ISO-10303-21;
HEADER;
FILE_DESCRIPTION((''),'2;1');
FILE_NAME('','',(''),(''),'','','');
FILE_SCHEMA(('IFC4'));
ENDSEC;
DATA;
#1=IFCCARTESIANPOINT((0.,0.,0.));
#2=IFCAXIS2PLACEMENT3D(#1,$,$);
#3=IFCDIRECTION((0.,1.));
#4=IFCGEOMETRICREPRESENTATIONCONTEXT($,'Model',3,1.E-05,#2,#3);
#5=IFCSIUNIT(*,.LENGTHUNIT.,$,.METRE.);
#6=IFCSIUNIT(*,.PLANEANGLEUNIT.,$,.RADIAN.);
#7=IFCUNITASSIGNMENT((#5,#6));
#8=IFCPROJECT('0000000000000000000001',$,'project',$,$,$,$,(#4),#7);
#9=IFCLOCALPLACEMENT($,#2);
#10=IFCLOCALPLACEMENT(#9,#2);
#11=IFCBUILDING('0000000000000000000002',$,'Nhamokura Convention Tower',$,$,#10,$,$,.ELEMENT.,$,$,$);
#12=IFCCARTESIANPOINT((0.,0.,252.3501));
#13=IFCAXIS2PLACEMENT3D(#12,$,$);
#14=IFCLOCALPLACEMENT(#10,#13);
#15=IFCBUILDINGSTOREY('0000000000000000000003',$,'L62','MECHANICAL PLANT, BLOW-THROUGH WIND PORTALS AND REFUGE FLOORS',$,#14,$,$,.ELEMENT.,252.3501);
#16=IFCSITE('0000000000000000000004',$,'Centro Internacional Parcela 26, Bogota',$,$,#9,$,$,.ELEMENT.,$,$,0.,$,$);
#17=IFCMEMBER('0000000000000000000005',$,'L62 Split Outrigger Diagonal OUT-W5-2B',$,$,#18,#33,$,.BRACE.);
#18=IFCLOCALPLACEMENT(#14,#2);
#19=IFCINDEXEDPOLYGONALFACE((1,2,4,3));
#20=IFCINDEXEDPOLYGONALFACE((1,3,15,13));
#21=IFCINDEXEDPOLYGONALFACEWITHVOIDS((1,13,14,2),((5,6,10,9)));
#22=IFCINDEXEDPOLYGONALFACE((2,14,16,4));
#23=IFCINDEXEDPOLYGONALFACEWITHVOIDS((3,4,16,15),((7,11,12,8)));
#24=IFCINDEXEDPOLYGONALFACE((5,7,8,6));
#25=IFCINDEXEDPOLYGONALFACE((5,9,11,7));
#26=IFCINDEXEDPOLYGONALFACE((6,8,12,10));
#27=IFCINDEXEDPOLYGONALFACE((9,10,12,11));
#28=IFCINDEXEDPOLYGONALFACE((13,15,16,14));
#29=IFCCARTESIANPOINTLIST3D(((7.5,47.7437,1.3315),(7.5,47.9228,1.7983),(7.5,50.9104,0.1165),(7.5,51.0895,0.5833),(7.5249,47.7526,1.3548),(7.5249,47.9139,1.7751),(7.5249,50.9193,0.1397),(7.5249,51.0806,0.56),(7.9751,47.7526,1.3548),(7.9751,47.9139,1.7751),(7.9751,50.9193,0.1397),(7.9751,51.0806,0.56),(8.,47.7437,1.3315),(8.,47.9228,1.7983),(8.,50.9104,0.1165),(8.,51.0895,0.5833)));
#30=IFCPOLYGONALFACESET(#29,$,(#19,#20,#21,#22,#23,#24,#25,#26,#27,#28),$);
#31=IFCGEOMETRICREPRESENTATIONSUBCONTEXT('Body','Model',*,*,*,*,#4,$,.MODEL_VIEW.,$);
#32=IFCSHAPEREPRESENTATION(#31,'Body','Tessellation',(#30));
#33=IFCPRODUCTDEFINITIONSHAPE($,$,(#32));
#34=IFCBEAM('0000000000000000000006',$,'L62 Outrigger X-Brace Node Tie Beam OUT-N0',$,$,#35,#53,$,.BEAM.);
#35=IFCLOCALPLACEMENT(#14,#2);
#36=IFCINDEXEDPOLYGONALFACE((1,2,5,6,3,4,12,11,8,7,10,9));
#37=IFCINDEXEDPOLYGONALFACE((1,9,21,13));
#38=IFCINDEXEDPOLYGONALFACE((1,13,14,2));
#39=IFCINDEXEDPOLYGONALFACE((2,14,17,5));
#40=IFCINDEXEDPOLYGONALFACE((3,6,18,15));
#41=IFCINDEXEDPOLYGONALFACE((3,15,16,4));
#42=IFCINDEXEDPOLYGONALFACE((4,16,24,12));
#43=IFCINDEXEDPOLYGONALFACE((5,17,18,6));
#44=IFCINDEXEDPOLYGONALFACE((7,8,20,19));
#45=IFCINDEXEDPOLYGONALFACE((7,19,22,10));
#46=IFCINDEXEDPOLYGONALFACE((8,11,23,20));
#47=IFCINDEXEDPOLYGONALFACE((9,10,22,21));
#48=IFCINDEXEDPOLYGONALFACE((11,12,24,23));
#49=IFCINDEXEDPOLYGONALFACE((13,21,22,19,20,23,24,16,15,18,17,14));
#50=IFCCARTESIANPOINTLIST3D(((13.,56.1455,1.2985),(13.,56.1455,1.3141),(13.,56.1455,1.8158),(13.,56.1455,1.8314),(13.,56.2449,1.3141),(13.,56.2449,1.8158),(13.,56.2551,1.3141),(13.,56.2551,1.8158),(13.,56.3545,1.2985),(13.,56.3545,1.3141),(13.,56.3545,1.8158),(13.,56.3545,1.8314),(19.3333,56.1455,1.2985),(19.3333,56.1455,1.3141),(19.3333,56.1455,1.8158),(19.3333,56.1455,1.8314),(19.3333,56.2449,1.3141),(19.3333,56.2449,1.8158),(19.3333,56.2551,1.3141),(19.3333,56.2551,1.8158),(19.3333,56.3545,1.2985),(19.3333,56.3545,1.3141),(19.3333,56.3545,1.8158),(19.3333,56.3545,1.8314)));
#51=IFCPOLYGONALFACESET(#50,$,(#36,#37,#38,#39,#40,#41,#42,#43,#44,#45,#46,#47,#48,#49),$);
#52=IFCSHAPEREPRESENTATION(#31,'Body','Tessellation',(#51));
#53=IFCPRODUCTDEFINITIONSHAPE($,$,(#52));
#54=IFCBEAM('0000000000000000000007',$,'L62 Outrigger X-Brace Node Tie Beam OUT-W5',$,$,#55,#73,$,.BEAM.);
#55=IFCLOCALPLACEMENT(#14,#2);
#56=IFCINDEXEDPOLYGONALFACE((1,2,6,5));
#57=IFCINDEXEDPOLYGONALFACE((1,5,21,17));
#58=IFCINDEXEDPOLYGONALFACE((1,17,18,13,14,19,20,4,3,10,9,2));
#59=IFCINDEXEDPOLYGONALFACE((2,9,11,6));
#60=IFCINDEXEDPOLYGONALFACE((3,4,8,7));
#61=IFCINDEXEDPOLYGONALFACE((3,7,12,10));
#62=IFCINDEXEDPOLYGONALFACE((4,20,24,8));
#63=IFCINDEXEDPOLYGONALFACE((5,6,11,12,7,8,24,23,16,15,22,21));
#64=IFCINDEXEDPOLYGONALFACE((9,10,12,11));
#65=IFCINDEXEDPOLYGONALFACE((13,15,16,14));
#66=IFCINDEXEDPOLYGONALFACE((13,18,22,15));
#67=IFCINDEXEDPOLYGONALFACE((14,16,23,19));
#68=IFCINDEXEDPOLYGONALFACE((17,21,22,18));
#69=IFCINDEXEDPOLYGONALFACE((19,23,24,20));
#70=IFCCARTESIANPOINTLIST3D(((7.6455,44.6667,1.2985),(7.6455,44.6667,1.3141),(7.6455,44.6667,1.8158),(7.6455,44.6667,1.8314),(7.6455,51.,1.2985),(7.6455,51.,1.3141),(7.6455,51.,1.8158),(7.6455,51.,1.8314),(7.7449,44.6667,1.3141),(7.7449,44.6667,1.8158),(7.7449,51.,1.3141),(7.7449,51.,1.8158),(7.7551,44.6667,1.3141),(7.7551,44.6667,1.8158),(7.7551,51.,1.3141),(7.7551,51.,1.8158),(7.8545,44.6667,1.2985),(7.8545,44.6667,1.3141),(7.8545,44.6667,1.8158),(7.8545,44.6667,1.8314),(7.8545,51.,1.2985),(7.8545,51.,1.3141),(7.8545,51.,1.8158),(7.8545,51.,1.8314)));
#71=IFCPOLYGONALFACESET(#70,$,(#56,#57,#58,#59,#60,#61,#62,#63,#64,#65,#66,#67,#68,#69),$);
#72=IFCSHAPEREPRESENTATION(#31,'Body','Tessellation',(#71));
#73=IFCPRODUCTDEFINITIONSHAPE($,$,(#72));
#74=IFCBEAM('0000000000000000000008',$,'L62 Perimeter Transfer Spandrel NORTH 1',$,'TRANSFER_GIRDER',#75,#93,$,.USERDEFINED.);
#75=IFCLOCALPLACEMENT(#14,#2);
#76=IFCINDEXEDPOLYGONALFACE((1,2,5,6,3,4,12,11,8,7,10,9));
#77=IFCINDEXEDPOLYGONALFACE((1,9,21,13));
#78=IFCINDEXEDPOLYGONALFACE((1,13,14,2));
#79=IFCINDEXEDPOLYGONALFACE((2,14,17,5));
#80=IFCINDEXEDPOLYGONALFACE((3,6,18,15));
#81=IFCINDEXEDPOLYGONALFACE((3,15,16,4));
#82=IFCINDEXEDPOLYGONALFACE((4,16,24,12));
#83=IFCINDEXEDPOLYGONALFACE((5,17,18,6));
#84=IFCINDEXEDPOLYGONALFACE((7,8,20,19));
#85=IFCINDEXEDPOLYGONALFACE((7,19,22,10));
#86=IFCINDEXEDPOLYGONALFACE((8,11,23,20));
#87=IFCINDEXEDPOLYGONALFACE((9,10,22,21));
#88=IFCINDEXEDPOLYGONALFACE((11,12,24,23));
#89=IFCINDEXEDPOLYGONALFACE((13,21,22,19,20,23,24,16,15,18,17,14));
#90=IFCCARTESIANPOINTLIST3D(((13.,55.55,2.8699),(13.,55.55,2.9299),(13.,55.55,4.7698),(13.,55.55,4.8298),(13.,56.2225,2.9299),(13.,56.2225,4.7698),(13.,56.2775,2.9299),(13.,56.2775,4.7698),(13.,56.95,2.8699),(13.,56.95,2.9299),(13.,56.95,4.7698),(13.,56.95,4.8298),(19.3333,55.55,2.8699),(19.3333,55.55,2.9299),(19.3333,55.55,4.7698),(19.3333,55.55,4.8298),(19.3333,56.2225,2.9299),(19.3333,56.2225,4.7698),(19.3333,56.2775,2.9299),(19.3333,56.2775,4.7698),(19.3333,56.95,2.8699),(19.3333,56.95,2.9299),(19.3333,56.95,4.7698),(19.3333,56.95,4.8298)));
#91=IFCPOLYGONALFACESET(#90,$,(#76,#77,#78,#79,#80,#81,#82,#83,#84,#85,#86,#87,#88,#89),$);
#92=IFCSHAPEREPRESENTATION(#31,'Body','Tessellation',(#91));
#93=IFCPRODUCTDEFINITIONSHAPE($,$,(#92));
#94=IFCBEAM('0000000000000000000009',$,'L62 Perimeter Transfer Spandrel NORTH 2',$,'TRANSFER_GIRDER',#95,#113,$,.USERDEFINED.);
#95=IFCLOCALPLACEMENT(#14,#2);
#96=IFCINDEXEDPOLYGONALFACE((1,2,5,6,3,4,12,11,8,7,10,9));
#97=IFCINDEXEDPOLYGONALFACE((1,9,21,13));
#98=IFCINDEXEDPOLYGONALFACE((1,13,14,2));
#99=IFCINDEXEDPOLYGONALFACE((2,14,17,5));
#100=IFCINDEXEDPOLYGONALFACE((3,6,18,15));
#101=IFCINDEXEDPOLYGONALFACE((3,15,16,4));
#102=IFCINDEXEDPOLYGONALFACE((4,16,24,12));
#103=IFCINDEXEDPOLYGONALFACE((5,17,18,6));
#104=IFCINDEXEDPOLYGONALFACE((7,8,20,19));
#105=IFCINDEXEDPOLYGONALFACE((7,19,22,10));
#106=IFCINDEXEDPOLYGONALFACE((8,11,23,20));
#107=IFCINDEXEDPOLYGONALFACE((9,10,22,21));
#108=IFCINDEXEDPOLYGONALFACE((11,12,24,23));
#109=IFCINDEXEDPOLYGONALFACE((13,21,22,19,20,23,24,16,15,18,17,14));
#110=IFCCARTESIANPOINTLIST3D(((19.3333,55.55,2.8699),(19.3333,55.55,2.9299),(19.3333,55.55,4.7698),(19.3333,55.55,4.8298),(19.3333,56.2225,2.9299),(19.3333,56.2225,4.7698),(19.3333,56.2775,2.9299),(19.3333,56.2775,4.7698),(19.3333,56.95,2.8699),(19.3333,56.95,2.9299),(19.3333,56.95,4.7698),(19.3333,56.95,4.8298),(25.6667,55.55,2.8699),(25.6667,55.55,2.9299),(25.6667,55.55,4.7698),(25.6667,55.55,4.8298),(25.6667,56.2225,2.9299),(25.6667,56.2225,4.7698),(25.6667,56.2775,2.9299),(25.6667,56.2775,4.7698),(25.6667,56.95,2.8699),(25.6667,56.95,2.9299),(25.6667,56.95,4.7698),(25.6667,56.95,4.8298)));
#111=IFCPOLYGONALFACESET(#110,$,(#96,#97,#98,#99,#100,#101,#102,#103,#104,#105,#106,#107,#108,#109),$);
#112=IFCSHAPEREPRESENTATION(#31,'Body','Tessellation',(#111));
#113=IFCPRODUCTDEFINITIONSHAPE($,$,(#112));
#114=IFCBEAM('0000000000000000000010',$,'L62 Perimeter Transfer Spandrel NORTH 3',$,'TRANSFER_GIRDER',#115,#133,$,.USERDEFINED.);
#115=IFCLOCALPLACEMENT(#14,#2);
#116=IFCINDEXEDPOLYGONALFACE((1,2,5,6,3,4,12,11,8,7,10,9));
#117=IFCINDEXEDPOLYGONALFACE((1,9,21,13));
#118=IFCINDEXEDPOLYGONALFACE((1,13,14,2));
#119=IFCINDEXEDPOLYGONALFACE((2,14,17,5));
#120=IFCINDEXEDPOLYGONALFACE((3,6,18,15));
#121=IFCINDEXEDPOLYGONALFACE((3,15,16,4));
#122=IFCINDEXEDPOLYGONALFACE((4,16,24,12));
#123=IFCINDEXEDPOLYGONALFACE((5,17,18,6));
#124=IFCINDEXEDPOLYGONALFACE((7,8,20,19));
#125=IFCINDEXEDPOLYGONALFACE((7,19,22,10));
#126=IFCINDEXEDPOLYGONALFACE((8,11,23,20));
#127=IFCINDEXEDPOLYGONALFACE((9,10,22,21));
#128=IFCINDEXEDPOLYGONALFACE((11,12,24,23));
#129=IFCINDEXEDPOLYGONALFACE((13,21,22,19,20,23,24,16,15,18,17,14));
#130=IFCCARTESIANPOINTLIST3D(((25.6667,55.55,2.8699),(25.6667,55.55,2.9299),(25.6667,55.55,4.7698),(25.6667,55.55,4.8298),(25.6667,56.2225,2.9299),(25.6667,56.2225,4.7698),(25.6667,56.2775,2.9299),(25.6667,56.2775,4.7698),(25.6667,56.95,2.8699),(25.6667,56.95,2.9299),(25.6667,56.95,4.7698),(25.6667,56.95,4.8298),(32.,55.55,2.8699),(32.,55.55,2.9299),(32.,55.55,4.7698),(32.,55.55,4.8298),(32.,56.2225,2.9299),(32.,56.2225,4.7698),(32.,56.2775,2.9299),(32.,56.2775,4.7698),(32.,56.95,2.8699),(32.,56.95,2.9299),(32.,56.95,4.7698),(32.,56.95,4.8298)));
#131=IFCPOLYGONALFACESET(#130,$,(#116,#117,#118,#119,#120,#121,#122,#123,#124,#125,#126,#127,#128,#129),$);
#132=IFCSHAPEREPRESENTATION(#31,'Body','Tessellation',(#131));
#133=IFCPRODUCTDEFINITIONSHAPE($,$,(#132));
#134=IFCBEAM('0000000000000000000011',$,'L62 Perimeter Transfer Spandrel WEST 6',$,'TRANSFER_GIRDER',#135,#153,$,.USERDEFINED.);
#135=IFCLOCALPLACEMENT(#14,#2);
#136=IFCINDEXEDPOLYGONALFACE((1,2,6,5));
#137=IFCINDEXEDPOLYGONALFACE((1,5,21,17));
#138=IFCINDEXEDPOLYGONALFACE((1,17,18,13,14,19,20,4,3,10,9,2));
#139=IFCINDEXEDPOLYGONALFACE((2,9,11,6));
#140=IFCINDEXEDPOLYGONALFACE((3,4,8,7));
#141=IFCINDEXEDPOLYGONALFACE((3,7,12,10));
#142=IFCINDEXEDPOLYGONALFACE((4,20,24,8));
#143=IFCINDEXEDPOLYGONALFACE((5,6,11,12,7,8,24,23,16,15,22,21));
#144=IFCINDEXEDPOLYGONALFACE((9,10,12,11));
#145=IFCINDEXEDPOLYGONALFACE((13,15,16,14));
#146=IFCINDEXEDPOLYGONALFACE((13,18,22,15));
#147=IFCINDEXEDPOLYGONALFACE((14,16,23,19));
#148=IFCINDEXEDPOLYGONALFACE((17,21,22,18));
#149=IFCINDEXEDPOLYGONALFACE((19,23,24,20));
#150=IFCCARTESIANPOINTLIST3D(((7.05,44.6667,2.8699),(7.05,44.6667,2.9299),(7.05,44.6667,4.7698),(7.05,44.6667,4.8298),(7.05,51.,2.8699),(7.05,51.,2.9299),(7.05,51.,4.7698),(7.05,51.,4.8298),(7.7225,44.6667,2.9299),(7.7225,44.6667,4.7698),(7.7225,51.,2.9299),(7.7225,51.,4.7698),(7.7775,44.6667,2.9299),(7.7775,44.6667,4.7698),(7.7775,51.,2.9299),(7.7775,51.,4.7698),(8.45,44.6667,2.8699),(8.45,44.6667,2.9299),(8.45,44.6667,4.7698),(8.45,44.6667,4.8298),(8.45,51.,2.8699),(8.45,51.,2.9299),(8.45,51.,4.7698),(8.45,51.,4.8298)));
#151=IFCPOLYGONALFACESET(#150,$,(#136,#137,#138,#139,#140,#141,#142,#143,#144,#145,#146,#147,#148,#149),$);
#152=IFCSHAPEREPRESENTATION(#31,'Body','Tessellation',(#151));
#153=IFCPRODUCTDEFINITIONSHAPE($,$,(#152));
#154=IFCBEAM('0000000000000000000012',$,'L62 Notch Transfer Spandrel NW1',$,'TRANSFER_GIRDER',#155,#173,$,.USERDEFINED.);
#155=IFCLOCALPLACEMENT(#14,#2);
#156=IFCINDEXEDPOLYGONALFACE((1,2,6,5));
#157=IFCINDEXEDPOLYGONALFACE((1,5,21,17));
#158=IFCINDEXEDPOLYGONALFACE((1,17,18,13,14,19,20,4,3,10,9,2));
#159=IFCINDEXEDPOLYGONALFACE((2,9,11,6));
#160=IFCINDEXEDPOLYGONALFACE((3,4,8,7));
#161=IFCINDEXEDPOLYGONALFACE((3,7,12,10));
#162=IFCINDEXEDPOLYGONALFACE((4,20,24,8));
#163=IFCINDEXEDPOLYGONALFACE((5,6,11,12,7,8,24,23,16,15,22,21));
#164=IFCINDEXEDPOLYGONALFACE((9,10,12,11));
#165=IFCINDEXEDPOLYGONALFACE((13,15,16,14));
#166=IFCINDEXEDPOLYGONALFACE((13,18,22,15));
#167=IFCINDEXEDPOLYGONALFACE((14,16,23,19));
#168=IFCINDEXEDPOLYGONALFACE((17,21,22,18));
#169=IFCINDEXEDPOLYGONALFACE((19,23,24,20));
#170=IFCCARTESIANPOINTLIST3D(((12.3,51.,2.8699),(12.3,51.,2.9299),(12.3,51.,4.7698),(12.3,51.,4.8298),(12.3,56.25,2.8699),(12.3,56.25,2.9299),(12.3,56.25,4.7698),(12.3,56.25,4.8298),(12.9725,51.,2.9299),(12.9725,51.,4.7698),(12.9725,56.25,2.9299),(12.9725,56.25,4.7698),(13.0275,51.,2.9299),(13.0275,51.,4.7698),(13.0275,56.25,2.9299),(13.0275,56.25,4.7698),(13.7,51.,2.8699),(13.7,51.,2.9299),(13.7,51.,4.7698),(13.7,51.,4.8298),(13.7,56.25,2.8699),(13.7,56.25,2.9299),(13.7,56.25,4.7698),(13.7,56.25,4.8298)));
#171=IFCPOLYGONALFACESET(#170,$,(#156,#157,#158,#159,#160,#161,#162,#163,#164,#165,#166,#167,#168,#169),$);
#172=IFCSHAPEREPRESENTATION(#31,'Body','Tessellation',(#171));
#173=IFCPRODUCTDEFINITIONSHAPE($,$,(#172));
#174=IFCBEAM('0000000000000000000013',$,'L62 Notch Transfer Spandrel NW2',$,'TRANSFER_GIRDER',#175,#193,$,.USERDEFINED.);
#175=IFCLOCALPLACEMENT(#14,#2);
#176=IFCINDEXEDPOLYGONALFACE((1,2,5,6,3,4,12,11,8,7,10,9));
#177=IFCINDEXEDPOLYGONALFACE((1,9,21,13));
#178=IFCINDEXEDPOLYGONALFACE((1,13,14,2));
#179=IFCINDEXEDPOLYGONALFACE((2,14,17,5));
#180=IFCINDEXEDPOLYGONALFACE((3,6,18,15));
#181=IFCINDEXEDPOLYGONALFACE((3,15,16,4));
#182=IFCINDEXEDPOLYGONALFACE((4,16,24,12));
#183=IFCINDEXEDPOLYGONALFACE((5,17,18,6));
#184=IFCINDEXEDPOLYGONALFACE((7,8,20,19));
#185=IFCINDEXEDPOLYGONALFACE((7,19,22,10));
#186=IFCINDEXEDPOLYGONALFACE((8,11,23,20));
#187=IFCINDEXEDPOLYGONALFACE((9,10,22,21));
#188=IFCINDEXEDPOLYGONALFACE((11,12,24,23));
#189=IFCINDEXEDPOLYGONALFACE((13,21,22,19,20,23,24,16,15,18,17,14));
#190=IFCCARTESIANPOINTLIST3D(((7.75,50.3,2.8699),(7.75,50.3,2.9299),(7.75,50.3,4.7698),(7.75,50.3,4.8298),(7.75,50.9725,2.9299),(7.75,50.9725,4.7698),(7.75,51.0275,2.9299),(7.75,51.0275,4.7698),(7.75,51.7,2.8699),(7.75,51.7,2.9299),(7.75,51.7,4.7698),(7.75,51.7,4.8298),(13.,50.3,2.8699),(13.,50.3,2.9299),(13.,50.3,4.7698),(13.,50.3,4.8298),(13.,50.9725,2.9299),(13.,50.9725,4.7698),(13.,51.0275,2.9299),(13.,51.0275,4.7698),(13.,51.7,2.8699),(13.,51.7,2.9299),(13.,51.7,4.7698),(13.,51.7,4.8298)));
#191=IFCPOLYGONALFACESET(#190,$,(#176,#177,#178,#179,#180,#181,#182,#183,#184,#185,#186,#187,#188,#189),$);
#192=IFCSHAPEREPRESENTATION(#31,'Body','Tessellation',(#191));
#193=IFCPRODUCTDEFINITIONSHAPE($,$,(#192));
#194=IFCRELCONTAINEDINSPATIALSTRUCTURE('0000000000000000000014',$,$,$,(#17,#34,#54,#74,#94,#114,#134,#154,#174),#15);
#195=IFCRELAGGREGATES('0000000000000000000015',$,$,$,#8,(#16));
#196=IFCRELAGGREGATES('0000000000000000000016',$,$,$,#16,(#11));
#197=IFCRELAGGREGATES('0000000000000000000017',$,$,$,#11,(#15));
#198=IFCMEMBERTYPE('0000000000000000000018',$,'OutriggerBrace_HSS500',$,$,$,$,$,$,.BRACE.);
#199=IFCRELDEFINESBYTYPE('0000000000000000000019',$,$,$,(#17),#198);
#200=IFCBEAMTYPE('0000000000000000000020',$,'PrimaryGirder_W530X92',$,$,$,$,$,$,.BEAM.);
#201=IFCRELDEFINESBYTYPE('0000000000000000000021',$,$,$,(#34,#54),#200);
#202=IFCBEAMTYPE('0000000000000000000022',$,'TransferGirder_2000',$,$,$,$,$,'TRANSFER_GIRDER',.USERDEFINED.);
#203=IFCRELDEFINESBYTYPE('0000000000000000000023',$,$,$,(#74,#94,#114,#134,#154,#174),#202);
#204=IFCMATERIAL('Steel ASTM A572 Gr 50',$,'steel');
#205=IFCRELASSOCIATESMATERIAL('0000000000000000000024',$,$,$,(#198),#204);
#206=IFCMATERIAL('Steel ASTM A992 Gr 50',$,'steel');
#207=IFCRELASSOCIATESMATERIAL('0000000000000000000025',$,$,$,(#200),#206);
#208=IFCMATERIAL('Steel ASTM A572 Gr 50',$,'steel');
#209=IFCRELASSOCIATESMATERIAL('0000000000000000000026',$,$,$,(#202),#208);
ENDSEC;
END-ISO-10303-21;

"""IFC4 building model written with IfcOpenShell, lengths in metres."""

from ifc_helpers import new_model, si_unit, direction, frame, origin, origin_2d, place, context, subcontext, project, spatial, hollow_rectangle, i_section, extrude, material, material_profile, profile_set, type_object, element, save


model = new_model("IFC4")

# Units and contexts
model_context = context("Model", 3, precision=1e-05, world=origin(), true_north=direction((0.0, 1.0)))
body_context = subcontext(model_context, "Body", "Model", "MODEL_VIEW")
ifc_project = project(units=[si_unit("LENGTHUNIT", "METRE"), si_unit("PLANEANGLEUNIT", "RADIAN")], contexts=[model_context])

# Site, building, storey
site_placement = place(None, origin())
site = spatial("IfcSite", under=ifc_project, at=site_placement, Name="Centro Internacional Parcela 26, Bogota", CompositionType="ELEMENT", RefElevation=0.0)
building_placement = place(site_placement, origin())
building = spatial("IfcBuilding", under=site, at=building_placement, Name="Nhamokura Convention Tower", CompositionType="ELEMENT")
storey_placement = place(building_placement, frame((0.0, 0.0, 252.3501)))
storey = spatial("IfcBuildingStorey", under=building, at=storey_placement, Name="L62", Description="MECHANICAL PLANT, BLOW-THROUGH WIND PORTALS AND REFUGE FLOORS", CompositionType="ELEMENT", Elevation=252.3501)

# Member
ifc_material_1 = material(Name="Steel ASTM A572 Gr 50", Category="steel")
ifc_material_profile_1 = material_profile(ifc_material_1, hollow_rectangle(XDim=0.5, YDim=0.5, WallThickness=0.0249, at=origin_2d()))
ifc_profile_set_1 = profile_set([ifc_material_profile_1], Name="Steel ASTM A572 Gr 50")
member_type = type_object("IfcMemberType", Name="OutriggerBrace_HSS500", PredefinedType="BRACE", material=ifc_profile_set_1)
member_1_placement = place(storey_placement, frame((7.75, 47.8333, 1.5649), z_axis=(0.0, 0.933631, -0.358236), x_axis=(-1.0, 0.0, 0.0)))
element("IfcMember", 1, at=member_1_placement, inside=storey, type_object=member_type, Name="L62 Split Outrigger Diagonal OUT-W5-2B", PredefinedType="BRACE", context=body_context, shape_type="SweptSolid", body=[
    extrude(hollow_rectangle(XDim=0.5, YDim=0.5, WallThickness=0.0249, at=origin_2d()), origin(), (0.0, 0.0, 1.0), 3.3918),
])

# Beams
ifc_material_2 = material(Name="Steel ASTM A992 Gr 50", Category="steel")
ifc_material_profile_2 = material_profile(ifc_material_2, i_section(OverallWidth=0.209, OverallDepth=0.533, WebThickness=0.0103, FlangeThickness=0.0156, at=origin_2d()))
ifc_profile_set_2 = profile_set([ifc_material_profile_2], Name="Steel ASTM A992 Gr 50")
beam_type_1 = type_object("IfcBeamType", Name="PrimaryGirder_W530X92", PredefinedType="BEAM", material=ifc_profile_set_2)
for number, where, z_axis, x_axis, name in (
    (2, (13.0, 56.25, 1.5649), (1.0, 0.0, 0.0), (0.0, 1.0, 0.0), "L62 Outrigger X-Brace Node Tie Beam OUT-N0"),
    (3, (7.75, 44.6667, 1.5649), (0.0, 1.0, 0.0), (-1.0, 0.0, 0.0), "L62 Outrigger X-Brace Node Tie Beam OUT-W5"),
):
    element("IfcBeam", number, at=place(storey_placement, frame(where, z_axis=z_axis, x_axis=x_axis)), inside=storey, type_object=beam_type_1, Name=name, PredefinedType="BEAM", context=body_context, shape_type="SweptSolid", body=[
        extrude(i_section(OverallWidth=0.209, OverallDepth=0.533, WebThickness=0.0103, FlangeThickness=0.0156, at=origin_2d()), origin(), (0.0, 0.0, 1.0), 6.3333),
    ])
ifc_material_3 = material(Name="Steel ASTM A572 Gr 50", Category="steel")
ifc_material_profile_3 = material_profile(ifc_material_3, i_section(OverallWidth=1.3999, OverallDepth=1.96, WebThickness=0.0549, FlangeThickness=0.0601, at=origin_2d()))
ifc_profile_set_3 = profile_set([ifc_material_profile_3], Name="Steel ASTM A572 Gr 50")
beam_type_2 = type_object("IfcBeamType", Name="TransferGirder_2000", ElementType="TRANSFER_GIRDER", PredefinedType="USERDEFINED", material=ifc_profile_set_3)
beam_1_placement = place(storey_placement, frame((13.0, 56.25, 3.8499), z_axis=(1.0, 0.0, 0.0), x_axis=(0.0, 1.0, 0.0)))
element("IfcBeam", 4, at=beam_1_placement, inside=storey, type_object=beam_type_2, Name="L62 Perimeter Transfer Spandrel NORTH 1", ObjectType="TRANSFER_GIRDER", PredefinedType="USERDEFINED", context=body_context, shape_type="SweptSolid", body=[
    extrude(i_section(OverallWidth=1.3999, OverallDepth=1.96, WebThickness=0.0549, FlangeThickness=0.0601, at=origin_2d()), origin(), (0.0, 0.0, 1.0), 6.3333),
])
beam_2_placement = place(storey_placement, frame((19.3333, 56.25, 3.8499), z_axis=(1.0, 0.0, 0.0), x_axis=(0.0, 1.0, 0.0)))
element("IfcBeam", 5, at=beam_2_placement, inside=storey, type_object=beam_type_2, Name="L62 Perimeter Transfer Spandrel NORTH 2", ObjectType="TRANSFER_GIRDER", PredefinedType="USERDEFINED", context=body_context, shape_type="SweptSolid", body=[
    extrude(i_section(OverallWidth=1.3999, OverallDepth=1.96, WebThickness=0.0549, FlangeThickness=0.0601, at=origin_2d()), origin(), (0.0, 0.0, 1.0), 6.3335),
])
for number, where, z_axis, x_axis, name in (
    (6, (25.6667, 56.25, 3.8499), (1.0, 0.0, 0.0), (0.0, 1.0, 0.0), "L62 Perimeter Transfer Spandrel NORTH 3"),
    (7, (7.75, 44.6667, 3.8499), (0.0, 1.0, 0.0), (-1.0, 0.0, 0.0), "L62 Perimeter Transfer Spandrel WEST 6"),
):
    element("IfcBeam", number, at=place(storey_placement, frame(where, z_axis=z_axis, x_axis=x_axis)), inside=storey, type_object=beam_type_2, Name=name, ObjectType="TRANSFER_GIRDER", PredefinedType="USERDEFINED", context=body_context, shape_type="SweptSolid", body=[
        extrude(i_section(OverallWidth=1.3999, OverallDepth=1.96, WebThickness=0.0549, FlangeThickness=0.0601, at=origin_2d()), origin(), (0.0, 0.0, 1.0), 6.3333),
    ])
for number, where, z_axis, x_axis, name in (
    (8, (13.0, 56.25, 3.8499), (0.0, -1.0, 0.0), (1.0, 0.0, 0.0), "L62 Notch Transfer Spandrel NW1"),
    (9, (13.0, 51.0, 3.8499), (-1.0, 0.0, 0.0), (0.0, -1.0, 0.0), "L62 Notch Transfer Spandrel NW2"),
):
    element("IfcBeam", number, at=place(storey_placement, frame(where, z_axis=z_axis, x_axis=x_axis)), inside=storey, type_object=beam_type_2, Name=name, ObjectType="TRANSFER_GIRDER", PredefinedType="USERDEFINED", context=body_context, shape_type="SweptSolid", body=[
        extrude(i_section(OverallWidth=1.3999, OverallDepth=1.96, WebThickness=0.0549, FlangeThickness=0.0601, at=origin_2d()), origin(), (0.0, 0.0, 1.0), 5.25),
    ])

save(model, "model.ifc")
